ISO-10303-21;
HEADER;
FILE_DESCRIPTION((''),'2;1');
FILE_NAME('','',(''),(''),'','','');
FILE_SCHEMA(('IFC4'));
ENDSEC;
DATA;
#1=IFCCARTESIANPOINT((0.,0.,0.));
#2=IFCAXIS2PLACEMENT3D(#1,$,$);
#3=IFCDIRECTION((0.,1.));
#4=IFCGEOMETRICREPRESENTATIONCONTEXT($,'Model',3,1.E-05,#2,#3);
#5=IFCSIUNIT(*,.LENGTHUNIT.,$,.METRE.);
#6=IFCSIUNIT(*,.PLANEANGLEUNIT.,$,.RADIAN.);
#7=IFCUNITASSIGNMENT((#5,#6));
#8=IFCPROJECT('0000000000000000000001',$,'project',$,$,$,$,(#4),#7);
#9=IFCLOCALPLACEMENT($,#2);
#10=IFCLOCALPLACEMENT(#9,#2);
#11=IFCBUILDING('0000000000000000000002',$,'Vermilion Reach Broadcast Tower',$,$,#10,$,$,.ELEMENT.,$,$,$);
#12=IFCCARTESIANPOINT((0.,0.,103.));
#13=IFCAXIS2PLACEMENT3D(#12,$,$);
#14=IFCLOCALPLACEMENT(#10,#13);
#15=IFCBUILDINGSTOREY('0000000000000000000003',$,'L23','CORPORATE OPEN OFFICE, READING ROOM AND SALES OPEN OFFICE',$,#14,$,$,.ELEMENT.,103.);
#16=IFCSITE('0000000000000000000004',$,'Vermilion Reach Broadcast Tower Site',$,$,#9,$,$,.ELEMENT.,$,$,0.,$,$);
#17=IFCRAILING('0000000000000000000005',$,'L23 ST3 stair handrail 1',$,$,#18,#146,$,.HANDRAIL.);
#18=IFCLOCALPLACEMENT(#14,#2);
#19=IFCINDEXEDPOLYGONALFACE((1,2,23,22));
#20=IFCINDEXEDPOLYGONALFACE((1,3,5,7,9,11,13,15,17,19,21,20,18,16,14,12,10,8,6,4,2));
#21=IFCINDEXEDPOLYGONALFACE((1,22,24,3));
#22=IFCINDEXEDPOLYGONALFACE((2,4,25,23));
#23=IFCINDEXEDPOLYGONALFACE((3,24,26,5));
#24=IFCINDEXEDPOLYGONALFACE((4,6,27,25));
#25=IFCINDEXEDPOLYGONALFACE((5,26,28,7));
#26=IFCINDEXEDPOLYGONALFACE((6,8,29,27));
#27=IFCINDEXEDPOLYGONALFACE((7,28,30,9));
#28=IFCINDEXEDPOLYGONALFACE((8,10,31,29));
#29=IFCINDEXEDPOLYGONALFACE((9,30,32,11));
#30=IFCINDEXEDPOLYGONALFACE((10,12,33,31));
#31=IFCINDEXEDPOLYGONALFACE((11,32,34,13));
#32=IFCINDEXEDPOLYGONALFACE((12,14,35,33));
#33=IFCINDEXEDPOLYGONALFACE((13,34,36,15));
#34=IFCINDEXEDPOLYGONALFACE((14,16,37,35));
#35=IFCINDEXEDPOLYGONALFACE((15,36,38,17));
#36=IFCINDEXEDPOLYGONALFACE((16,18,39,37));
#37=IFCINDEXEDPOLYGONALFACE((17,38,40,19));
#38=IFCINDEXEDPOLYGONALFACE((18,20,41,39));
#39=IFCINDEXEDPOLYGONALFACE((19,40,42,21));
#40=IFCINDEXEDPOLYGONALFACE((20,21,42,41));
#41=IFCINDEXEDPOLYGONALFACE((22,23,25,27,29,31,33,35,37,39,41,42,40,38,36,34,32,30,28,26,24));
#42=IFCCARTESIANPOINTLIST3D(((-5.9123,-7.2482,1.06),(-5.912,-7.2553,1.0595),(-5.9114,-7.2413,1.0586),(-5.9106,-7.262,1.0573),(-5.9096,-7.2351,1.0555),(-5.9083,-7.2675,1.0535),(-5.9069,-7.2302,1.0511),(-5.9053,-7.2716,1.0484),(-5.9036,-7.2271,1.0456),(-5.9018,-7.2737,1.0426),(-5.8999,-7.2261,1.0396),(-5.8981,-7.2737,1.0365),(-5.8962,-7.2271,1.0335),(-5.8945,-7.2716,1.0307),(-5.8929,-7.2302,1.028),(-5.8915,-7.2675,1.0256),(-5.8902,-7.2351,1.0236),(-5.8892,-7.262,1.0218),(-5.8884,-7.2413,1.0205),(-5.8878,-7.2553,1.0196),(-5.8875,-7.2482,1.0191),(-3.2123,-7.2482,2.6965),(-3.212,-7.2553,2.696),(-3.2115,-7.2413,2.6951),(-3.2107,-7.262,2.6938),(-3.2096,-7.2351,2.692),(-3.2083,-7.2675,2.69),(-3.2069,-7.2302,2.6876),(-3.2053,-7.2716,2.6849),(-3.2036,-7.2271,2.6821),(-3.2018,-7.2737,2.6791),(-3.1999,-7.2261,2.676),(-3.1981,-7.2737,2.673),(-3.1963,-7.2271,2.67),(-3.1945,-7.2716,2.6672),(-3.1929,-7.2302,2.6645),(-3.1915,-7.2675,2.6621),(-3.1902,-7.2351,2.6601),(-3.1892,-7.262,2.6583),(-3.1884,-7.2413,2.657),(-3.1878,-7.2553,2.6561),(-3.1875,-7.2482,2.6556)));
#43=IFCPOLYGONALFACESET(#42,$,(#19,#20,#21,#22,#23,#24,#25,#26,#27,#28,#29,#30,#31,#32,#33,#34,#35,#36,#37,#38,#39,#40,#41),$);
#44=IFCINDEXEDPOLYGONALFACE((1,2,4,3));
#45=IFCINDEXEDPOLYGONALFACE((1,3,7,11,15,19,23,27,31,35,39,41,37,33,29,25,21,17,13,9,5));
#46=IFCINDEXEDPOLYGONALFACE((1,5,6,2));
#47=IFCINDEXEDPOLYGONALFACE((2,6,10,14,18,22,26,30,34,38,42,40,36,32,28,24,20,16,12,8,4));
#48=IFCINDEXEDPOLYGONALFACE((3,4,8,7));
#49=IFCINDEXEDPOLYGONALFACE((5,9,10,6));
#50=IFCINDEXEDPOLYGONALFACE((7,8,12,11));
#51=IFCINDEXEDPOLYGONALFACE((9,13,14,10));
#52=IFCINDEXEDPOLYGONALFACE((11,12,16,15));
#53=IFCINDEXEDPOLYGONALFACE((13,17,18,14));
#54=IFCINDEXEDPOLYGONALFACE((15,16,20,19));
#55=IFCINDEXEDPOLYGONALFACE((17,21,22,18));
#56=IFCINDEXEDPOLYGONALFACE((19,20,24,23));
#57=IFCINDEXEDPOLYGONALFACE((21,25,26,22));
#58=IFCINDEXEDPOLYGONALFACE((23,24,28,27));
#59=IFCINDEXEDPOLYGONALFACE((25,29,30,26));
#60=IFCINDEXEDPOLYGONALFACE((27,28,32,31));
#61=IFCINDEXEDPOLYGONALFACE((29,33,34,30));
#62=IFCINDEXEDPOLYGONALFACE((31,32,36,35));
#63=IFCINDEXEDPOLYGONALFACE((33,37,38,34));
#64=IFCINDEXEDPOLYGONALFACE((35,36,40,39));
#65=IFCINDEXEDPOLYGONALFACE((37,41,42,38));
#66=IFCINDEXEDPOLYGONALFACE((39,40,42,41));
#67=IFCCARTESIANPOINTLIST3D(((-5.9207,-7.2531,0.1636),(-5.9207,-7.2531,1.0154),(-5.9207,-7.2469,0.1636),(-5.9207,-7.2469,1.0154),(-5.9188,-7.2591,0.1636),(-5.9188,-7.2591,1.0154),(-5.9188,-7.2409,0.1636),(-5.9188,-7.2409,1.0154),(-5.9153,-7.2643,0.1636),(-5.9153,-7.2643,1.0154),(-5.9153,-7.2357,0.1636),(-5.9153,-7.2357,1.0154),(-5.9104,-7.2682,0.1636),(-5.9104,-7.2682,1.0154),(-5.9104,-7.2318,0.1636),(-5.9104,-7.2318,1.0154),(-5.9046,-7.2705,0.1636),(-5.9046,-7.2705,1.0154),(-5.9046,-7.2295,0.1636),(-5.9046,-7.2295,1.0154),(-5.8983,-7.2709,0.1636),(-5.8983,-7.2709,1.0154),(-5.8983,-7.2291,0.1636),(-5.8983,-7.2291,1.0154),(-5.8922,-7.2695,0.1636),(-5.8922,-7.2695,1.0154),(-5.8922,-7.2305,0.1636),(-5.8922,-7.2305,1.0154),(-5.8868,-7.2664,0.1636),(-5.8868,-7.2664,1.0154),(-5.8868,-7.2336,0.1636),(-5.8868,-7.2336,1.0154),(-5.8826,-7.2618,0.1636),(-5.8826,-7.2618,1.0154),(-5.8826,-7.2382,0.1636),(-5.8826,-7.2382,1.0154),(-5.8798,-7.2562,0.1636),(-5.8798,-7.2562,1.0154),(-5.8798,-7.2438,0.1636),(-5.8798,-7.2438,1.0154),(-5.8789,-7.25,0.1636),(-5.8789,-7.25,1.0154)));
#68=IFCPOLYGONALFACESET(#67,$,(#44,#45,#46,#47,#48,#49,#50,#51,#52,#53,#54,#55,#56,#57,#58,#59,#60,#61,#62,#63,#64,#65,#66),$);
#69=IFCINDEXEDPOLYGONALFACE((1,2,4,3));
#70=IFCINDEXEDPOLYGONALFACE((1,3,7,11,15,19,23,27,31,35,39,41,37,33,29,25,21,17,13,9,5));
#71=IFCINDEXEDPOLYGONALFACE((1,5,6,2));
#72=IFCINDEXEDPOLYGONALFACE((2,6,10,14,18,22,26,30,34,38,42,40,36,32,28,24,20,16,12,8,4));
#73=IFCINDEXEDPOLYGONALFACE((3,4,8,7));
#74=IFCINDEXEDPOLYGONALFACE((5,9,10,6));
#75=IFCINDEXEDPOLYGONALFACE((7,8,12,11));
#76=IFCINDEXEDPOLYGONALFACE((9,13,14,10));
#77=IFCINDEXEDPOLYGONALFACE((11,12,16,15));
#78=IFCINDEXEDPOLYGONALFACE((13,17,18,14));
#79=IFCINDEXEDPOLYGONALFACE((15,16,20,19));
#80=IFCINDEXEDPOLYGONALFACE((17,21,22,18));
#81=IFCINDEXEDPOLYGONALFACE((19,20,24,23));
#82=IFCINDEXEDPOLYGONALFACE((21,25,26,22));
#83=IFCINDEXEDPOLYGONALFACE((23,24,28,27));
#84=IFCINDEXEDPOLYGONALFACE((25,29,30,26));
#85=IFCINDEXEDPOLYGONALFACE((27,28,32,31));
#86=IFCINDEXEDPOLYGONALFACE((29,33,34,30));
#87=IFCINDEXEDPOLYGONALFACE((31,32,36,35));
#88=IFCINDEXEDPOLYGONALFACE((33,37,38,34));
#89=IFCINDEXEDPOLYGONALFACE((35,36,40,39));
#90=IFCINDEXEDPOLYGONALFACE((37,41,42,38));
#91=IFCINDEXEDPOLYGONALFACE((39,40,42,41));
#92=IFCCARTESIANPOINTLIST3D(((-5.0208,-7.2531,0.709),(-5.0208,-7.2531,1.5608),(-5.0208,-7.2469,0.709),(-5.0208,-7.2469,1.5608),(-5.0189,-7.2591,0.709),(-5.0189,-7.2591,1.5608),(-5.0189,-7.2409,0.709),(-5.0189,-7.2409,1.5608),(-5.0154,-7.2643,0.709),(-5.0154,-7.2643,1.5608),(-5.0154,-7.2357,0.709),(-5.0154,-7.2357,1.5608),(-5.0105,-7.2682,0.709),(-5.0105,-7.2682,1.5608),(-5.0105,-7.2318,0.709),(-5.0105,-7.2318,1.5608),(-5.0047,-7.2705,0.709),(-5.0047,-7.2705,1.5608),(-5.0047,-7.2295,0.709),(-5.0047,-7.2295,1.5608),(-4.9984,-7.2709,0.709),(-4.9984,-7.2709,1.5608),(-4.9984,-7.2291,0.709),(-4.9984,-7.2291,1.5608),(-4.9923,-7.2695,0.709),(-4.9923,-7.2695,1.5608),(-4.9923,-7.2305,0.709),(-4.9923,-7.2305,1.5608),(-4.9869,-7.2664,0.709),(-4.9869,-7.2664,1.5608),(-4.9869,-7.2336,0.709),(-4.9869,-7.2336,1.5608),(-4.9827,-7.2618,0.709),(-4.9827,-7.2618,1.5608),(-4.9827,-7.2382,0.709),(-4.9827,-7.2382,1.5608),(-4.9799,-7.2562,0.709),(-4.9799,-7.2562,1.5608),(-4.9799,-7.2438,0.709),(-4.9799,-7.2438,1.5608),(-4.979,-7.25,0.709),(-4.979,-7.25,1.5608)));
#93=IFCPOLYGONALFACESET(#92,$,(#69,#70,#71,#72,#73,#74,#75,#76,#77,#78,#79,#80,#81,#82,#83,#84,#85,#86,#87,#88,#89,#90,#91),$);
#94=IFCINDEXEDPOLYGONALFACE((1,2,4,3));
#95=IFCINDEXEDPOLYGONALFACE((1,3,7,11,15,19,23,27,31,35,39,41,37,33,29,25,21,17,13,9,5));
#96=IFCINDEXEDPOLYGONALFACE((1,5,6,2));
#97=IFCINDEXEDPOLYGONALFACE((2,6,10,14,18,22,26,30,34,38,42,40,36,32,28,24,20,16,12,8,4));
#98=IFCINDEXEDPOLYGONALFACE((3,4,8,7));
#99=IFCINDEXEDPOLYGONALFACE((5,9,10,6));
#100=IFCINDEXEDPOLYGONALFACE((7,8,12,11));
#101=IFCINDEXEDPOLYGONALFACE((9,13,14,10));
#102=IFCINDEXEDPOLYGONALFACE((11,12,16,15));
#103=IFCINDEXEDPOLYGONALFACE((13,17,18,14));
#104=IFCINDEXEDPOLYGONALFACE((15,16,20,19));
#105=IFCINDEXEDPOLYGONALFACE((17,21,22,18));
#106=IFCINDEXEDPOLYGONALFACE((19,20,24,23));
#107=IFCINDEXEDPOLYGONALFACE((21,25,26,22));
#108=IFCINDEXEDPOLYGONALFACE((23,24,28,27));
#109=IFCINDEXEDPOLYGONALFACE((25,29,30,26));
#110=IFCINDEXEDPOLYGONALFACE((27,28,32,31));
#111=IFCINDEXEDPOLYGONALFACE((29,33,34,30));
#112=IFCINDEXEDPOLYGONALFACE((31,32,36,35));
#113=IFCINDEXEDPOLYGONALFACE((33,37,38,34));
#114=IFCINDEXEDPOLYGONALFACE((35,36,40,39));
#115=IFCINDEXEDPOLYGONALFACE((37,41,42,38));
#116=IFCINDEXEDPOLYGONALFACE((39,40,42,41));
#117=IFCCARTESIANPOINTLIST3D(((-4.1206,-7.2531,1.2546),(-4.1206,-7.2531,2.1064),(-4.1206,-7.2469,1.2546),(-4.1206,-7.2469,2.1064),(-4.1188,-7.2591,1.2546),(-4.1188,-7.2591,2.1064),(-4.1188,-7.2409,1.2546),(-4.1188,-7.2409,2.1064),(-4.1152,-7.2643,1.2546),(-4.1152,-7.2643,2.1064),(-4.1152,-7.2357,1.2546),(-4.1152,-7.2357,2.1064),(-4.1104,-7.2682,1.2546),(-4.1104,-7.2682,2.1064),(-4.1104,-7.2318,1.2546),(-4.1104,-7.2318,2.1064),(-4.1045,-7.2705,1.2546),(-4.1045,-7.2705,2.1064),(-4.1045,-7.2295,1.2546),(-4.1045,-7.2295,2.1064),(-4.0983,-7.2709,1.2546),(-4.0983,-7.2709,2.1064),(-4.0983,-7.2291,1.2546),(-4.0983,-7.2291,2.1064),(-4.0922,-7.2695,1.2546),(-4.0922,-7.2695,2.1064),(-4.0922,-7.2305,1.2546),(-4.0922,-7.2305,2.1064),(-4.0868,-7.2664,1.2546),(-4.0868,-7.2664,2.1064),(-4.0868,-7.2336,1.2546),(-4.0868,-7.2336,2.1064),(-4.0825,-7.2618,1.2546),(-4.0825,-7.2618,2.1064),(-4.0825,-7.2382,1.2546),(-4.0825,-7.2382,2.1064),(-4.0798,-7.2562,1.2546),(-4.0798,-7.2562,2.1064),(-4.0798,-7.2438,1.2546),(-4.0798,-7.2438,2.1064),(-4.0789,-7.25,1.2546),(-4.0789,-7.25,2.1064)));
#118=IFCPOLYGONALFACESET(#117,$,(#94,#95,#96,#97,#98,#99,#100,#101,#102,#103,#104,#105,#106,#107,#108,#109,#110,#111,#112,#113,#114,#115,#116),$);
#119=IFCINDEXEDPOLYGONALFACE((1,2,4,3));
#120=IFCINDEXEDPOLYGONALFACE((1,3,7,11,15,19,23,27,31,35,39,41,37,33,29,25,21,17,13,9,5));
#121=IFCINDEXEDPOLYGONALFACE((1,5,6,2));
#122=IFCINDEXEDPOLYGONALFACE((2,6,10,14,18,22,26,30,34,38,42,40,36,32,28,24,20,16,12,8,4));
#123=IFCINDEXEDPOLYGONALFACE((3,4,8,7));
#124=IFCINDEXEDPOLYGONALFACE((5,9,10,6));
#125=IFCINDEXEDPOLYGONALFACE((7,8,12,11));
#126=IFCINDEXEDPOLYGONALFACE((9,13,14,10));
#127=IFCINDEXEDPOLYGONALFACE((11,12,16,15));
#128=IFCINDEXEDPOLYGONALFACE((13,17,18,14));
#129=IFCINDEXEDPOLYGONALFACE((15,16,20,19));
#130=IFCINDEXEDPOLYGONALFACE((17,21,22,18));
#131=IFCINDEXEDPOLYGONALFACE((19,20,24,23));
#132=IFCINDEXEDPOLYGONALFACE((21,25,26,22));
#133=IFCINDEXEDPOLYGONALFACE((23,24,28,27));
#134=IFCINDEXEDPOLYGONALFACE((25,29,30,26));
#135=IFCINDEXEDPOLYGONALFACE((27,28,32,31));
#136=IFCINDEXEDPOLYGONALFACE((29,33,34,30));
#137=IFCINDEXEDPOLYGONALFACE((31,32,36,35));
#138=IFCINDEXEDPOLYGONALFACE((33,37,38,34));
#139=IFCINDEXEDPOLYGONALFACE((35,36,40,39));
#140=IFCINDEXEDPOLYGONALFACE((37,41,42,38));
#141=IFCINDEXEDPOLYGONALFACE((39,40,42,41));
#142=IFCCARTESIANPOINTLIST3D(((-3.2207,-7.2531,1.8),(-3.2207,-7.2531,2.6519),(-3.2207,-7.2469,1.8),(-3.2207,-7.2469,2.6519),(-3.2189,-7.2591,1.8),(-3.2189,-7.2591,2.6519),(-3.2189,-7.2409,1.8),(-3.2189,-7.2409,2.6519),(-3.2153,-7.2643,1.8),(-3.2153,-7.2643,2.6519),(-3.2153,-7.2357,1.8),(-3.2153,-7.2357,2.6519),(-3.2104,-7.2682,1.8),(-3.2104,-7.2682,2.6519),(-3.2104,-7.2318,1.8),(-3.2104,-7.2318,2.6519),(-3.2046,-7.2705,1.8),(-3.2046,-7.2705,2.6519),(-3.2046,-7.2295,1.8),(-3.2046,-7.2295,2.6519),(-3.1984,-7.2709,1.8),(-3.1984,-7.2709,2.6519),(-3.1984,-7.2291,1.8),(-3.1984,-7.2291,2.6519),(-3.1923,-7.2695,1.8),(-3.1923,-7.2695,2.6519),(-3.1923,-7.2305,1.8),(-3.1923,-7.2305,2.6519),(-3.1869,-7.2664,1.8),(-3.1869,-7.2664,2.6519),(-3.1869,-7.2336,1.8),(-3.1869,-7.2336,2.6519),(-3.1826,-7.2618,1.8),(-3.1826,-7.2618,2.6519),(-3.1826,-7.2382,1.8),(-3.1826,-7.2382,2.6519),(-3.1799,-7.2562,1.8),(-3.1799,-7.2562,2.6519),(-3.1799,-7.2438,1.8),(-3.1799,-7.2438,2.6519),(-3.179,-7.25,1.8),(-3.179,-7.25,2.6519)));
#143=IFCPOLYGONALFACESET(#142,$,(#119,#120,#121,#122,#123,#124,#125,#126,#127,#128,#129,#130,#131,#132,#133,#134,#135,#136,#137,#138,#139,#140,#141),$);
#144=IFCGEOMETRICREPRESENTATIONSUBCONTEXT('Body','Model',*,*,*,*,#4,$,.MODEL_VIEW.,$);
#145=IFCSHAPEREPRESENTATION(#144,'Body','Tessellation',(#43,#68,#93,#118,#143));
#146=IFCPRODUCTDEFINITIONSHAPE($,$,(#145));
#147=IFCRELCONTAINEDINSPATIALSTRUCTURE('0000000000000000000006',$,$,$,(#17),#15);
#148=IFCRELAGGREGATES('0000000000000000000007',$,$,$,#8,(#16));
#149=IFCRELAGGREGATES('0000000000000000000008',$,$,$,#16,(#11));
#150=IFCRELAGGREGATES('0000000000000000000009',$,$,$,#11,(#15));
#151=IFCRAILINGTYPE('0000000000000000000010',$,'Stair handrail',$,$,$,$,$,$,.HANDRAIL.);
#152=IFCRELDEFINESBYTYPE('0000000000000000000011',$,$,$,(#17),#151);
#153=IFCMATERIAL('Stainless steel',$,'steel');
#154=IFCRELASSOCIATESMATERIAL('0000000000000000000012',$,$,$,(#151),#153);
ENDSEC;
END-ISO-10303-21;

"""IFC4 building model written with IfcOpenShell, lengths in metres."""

from ifc_helpers import new_model, si_unit, direction, frame, origin, origin_2d, place, context, subcontext, project, spatial, circle, extrude, material, type_object, element, save


model = new_model("IFC4")

# Units and contexts
model_context = context("Model", 3, precision=1e-05, world=origin(), true_north=direction((0.0, 1.0)))
body_context = subcontext(model_context, "Body", "Model", "MODEL_VIEW")
ifc_project = project(units=[si_unit("LENGTHUNIT", "METRE"), si_unit("PLANEANGLEUNIT", "RADIAN")], contexts=[model_context])

# Site, building, storey
site_placement = place(None, origin())
site = spatial("IfcSite", under=ifc_project, at=site_placement, Name="Vermilion Reach Broadcast Tower Site", CompositionType="ELEMENT", RefElevation=0.0)
building_placement = place(site_placement, origin())
building = spatial("IfcBuilding", under=site, at=building_placement, Name="Vermilion Reach Broadcast Tower", CompositionType="ELEMENT")
storey_placement = place(building_placement, frame((0.0, 0.0, 103.0)))
storey = spatial("IfcBuildingStorey", under=building, at=storey_placement, Name="L23", Description="CORPORATE OPEN OFFICE, READING ROOM AND SALES OPEN OFFICE", CompositionType="ELEMENT", Elevation=103.0)

# Railing
ifc_material_1 = material(Name="Stainless steel", Category="steel")
railing_type_1 = type_object("IfcRailingType", Name="Stair handrail", PredefinedType="HANDRAIL", material=ifc_material_1)
railing_1_placement = place(storey_placement, frame((-5.8999, -7.25, 0.1636)))
element("IfcRailing", 1, at=railing_1_placement, inside=storey, type_object=railing_type_1, Name="L23 ST3 stair handrail 1", PredefinedType="HANDRAIL", context=body_context, shape_type="SweptSolid", body=[
    extrude(circle(Radius=0.0239, at=origin_2d()), frame((0.0, 0.0, 0.876), z_axis=(0.855178, 0.0, 0.518334), x_axis=(0.0, 1.0, 0.0)), (0.0, 0.0, 1.0), 3.1572),
    extrude(circle(Radius=0.021, at=origin_2d()), origin(), (0.0, 0.0, 1.0), 0.8518),
    extrude(circle(Radius=0.021, at=origin_2d()), frame((0.8999, 0.0, 0.5454)), (0.0, 0.0, 1.0), 0.8518),
    extrude(circle(Radius=0.021, at=origin_2d()), frame((1.8, 0.0, 1.0911)), (0.0, 0.0, 1.0), 0.8518),
    extrude(circle(Radius=0.021, at=origin_2d()), frame((2.7, 0.0, 1.6365)), (0.0, 0.0, 1.0), 0.8518),
])

save(model, "model.ifc")
